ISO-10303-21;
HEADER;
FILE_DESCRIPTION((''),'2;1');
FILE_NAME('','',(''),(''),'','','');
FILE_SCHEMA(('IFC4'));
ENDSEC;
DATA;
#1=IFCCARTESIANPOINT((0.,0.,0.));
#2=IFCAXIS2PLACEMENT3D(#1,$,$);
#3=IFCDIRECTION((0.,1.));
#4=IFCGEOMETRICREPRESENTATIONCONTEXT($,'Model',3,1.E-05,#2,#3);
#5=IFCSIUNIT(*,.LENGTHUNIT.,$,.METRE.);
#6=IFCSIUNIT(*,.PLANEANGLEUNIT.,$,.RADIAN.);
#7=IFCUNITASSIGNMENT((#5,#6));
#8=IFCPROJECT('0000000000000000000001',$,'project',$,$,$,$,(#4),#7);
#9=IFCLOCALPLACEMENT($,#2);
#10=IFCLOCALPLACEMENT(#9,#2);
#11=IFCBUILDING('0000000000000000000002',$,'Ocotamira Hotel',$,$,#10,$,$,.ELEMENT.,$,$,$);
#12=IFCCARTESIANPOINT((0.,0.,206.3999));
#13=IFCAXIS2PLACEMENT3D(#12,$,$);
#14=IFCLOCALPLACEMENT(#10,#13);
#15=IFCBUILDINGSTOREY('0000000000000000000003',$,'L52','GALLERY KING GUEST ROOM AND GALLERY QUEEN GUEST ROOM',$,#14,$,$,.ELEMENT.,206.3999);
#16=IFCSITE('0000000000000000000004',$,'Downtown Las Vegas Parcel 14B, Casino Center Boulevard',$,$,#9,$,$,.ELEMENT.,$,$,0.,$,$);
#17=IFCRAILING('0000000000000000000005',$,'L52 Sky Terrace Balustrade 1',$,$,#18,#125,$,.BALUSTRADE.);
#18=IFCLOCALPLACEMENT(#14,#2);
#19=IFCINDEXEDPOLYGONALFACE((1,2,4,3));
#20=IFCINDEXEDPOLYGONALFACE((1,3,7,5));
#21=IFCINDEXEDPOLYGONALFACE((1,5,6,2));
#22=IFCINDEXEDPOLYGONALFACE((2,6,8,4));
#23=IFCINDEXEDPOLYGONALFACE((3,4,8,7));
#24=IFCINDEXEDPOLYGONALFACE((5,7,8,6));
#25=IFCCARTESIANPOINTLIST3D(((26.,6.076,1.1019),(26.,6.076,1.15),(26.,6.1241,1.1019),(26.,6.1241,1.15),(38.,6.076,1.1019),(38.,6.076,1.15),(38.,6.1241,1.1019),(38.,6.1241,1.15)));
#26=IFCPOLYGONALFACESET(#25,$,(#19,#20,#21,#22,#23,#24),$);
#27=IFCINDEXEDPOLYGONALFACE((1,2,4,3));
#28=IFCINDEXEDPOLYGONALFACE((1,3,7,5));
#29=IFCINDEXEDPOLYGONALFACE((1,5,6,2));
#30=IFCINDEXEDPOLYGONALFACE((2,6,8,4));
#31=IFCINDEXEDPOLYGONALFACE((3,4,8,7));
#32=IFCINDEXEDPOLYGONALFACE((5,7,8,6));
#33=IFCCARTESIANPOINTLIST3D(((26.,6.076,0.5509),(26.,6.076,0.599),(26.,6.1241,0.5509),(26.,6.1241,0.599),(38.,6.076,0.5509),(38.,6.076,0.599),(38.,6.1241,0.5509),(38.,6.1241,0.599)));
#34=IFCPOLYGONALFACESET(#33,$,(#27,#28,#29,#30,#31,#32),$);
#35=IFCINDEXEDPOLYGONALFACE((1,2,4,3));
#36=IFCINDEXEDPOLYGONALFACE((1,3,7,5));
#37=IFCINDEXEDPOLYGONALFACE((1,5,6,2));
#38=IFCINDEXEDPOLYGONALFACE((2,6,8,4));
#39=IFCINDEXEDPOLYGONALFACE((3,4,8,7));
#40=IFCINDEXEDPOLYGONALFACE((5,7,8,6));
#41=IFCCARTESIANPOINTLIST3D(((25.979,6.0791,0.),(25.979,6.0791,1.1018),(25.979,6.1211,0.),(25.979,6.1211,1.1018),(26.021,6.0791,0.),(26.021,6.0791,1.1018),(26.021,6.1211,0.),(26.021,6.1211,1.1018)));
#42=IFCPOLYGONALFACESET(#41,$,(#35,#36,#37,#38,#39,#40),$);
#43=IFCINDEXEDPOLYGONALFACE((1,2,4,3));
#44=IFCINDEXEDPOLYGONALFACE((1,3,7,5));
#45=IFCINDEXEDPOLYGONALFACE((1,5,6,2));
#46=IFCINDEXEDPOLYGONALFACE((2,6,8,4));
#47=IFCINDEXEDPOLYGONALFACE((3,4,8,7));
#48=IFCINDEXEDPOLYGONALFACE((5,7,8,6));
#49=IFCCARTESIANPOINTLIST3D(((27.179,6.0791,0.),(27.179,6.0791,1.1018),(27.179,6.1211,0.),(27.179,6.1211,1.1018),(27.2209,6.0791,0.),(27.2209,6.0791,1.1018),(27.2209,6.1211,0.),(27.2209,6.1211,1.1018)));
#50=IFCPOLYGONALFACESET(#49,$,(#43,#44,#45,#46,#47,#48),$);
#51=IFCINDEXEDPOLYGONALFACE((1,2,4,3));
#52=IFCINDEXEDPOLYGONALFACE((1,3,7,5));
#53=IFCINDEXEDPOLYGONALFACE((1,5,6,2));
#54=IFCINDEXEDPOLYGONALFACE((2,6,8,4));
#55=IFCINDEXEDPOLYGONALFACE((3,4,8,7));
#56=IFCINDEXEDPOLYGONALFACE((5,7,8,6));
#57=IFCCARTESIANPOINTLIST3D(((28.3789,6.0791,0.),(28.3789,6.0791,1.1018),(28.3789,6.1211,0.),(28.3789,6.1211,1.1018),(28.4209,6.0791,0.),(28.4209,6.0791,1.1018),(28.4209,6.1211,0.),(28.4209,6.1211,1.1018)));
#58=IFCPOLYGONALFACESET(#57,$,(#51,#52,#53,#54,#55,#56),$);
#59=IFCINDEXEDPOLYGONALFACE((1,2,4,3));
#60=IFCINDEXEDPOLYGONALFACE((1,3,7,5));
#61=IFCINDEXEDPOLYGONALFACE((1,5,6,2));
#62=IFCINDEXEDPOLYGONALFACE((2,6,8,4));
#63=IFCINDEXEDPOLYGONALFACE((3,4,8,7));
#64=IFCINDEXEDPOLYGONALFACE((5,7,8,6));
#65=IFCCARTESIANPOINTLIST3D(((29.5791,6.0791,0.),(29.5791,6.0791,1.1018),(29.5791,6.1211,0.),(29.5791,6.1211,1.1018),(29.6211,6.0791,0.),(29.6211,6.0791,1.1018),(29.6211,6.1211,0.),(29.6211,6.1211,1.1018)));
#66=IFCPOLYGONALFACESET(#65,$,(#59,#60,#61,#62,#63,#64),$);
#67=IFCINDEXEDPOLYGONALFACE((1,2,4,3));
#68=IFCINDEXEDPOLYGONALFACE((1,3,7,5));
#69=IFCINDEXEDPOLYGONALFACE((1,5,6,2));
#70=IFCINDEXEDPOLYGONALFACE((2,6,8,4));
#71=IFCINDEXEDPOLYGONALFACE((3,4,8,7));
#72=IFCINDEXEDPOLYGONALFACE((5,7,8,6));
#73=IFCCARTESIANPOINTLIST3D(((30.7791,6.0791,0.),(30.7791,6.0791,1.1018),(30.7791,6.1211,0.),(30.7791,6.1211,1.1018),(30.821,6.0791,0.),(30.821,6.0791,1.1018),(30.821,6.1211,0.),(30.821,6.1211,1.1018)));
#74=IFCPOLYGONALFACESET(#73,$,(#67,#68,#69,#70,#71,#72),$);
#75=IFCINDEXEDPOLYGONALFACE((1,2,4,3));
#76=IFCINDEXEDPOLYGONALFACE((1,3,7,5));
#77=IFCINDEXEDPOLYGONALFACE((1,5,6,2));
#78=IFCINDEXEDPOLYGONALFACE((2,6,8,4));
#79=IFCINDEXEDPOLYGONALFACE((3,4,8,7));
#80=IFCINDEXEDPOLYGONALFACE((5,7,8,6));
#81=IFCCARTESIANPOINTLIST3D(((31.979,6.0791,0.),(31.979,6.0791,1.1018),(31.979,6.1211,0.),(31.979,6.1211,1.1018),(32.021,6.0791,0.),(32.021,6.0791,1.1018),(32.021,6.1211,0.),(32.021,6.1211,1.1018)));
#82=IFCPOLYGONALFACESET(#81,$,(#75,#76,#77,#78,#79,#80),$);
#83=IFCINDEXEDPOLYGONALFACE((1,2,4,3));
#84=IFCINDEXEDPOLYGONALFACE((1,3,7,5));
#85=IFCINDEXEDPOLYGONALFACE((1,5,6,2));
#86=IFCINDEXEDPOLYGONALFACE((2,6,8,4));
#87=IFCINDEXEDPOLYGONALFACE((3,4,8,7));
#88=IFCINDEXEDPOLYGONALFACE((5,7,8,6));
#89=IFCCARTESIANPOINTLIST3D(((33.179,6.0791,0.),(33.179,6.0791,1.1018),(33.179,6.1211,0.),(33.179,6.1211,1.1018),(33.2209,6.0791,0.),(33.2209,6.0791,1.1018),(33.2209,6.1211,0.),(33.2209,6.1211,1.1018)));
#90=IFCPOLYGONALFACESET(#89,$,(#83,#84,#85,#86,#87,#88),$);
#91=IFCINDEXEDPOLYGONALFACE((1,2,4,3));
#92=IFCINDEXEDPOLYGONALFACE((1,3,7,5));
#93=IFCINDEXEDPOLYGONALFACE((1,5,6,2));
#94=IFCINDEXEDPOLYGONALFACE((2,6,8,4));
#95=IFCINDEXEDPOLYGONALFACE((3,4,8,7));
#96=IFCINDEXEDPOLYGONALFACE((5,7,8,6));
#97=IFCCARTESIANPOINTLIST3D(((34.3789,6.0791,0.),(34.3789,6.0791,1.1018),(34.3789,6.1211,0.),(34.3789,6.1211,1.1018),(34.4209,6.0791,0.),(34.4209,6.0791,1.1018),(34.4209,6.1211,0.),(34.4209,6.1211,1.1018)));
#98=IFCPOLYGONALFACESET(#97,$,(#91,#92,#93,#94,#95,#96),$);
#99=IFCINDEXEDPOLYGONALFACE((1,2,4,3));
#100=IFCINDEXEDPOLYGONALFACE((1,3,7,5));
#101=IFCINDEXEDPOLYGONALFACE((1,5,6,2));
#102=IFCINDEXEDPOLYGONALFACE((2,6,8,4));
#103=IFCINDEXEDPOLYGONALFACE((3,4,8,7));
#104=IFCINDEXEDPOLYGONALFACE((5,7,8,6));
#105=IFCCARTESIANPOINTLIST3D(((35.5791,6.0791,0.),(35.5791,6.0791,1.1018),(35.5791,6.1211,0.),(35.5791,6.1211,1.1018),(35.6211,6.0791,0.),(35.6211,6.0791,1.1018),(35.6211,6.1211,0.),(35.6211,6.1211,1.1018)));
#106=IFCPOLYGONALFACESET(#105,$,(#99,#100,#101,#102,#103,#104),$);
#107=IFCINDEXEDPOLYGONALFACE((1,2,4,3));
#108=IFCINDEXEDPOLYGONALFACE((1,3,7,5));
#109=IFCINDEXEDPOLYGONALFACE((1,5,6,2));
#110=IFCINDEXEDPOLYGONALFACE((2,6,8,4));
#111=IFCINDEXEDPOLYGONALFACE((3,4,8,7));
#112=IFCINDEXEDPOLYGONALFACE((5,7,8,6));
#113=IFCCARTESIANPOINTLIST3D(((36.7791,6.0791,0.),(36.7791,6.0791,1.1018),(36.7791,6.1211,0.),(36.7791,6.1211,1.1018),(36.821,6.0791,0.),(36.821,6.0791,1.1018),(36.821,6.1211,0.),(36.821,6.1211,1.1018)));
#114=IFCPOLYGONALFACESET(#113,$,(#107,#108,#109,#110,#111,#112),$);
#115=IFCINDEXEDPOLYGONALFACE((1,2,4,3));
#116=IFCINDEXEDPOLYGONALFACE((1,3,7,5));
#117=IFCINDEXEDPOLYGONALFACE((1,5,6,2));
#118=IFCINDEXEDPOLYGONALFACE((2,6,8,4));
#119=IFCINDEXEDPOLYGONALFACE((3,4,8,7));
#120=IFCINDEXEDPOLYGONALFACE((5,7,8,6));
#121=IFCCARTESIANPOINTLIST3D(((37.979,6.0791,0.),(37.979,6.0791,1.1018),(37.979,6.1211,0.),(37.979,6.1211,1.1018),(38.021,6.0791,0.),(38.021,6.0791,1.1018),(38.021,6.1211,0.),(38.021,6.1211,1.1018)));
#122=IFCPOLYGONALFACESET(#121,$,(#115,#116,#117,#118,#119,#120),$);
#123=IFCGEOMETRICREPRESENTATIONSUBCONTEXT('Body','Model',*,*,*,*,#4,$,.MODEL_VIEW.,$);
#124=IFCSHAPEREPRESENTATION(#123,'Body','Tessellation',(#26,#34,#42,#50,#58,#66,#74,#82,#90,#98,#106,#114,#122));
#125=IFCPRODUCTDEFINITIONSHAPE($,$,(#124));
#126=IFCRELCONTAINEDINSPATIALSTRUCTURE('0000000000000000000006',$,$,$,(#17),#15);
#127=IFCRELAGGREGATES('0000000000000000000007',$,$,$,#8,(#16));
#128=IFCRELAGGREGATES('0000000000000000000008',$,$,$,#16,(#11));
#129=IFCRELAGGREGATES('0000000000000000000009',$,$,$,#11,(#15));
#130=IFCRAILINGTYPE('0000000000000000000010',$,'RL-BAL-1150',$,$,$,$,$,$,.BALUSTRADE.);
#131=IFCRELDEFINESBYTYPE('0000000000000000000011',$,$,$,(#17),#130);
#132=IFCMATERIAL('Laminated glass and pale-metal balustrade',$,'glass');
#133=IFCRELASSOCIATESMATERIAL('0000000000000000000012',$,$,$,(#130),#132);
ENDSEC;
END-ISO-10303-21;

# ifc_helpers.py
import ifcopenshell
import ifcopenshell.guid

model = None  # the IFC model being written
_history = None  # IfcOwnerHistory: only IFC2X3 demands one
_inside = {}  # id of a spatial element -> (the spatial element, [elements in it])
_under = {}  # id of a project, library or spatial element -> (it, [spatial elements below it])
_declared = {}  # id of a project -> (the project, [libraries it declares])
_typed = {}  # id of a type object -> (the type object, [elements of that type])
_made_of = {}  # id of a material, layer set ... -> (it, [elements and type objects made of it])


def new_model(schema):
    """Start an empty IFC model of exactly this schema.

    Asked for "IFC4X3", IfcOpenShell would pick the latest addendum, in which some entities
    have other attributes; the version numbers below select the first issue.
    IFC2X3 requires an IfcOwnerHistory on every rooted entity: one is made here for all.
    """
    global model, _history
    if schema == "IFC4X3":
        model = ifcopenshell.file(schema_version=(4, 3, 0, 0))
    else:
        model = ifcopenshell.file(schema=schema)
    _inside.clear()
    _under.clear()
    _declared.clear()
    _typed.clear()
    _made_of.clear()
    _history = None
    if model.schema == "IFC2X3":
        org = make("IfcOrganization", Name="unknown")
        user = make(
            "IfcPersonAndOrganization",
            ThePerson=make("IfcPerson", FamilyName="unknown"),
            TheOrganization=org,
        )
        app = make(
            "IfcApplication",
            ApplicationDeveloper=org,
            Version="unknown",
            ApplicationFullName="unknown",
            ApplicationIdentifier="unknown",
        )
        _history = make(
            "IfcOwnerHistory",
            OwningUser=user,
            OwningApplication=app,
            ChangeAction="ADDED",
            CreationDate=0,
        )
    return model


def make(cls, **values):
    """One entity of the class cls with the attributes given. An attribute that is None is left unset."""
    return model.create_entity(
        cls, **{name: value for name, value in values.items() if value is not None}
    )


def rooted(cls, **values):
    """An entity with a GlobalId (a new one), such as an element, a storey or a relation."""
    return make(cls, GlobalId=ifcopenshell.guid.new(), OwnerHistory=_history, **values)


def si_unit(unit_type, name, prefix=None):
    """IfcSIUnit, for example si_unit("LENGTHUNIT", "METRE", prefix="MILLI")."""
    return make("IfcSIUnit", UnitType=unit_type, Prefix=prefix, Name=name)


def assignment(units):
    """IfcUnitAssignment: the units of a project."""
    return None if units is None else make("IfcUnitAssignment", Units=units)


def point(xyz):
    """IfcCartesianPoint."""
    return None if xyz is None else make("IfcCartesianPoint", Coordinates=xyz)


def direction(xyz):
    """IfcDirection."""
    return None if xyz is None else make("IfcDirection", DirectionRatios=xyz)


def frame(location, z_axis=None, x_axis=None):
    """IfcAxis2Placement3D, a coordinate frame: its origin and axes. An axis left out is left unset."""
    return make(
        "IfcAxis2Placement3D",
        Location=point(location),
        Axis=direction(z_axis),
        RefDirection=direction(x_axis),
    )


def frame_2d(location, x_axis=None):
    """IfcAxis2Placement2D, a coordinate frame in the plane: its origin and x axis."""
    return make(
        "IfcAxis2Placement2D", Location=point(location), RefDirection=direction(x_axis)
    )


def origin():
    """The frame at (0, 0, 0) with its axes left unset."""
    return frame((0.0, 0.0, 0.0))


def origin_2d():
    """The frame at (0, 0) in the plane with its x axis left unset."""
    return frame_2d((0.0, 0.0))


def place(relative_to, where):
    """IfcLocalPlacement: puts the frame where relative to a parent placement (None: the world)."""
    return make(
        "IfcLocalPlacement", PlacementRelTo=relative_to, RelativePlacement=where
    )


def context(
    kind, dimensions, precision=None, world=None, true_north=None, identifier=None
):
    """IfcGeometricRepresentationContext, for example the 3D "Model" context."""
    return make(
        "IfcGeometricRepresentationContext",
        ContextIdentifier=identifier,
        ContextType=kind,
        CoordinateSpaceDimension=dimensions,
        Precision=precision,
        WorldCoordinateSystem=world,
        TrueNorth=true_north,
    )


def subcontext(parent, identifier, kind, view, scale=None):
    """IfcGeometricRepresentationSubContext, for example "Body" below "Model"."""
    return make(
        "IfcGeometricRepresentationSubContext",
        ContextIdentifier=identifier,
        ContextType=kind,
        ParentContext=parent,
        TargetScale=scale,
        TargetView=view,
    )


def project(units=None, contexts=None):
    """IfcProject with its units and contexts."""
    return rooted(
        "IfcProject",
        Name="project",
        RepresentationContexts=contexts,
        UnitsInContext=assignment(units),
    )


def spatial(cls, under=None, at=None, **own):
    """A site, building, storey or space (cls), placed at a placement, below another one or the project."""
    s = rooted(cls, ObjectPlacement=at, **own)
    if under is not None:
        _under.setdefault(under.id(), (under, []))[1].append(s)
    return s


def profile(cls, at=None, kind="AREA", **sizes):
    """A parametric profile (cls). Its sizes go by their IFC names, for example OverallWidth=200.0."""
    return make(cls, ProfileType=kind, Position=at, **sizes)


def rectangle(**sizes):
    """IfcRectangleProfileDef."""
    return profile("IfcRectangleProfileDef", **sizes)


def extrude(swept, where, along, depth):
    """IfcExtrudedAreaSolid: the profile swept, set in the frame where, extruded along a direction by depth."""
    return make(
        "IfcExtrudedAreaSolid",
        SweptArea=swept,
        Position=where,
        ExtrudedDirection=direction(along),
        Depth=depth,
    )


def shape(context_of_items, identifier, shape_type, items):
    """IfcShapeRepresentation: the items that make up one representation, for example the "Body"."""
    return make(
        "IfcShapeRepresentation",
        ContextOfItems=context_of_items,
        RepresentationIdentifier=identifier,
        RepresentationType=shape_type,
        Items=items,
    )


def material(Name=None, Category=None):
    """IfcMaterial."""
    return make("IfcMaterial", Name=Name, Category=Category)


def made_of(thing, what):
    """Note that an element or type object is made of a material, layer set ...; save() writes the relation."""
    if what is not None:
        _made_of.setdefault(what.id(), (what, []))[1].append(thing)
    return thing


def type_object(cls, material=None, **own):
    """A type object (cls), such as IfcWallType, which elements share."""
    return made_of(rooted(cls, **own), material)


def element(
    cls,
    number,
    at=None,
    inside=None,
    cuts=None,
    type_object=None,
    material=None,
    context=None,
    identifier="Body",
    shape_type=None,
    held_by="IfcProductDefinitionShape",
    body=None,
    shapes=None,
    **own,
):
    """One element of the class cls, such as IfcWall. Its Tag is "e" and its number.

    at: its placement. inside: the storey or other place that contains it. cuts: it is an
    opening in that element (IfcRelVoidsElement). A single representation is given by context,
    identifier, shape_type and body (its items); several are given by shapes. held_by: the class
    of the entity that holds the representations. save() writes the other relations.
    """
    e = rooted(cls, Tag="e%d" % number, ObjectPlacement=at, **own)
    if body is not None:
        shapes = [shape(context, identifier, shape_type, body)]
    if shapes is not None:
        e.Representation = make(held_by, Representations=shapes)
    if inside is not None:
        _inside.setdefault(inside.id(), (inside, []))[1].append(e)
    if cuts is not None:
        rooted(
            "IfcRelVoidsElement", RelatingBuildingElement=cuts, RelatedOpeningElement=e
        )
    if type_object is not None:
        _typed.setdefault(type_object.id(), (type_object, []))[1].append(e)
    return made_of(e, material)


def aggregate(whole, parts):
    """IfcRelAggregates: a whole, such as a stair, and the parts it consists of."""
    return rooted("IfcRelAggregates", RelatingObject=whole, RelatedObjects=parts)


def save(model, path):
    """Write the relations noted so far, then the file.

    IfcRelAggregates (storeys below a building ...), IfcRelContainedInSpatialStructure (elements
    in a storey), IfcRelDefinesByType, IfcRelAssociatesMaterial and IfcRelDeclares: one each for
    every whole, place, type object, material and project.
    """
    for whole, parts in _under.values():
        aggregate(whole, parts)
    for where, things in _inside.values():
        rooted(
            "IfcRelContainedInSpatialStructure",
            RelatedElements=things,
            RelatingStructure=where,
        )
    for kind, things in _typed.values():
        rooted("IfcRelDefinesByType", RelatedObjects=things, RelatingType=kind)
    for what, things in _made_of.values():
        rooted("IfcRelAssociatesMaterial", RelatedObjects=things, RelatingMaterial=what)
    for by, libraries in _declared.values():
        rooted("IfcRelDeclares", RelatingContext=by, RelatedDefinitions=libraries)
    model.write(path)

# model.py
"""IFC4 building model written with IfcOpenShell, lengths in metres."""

from ifc_helpers import new_model, si_unit, direction, frame, origin, origin_2d, place, context, subcontext, project, spatial, rectangle, extrude, material, type_object, element, save


model = new_model("IFC4")

# Units and contexts
model_context = context("Model", 3, precision=1e-05, world=origin(), true_north=direction((0.0, 1.0)))
body_context = subcontext(model_context, "Body", "Model", "MODEL_VIEW")
ifc_project = project(units=[si_unit("LENGTHUNIT", "METRE"), si_unit("PLANEANGLEUNIT", "RADIAN")], contexts=[model_context])

# Site, building, storey
site_placement = place(None, origin())
site = spatial("IfcSite", under=ifc_project, at=site_placement, Name="Downtown Las Vegas Parcel 14B, Casino Center Boulevard", CompositionType="ELEMENT", RefElevation=0.0)
building_placement = place(site_placement, origin())
building = spatial("IfcBuilding", under=site, at=building_placement, Name="Ocotamira Hotel", CompositionType="ELEMENT")
storey_placement = place(building_placement, frame((0.0, 0.0, 206.3999)))
storey = spatial("IfcBuildingStorey", under=building, at=storey_placement, Name="L52", Description="GALLERY KING GUEST ROOM AND GALLERY QUEEN GUEST ROOM", CompositionType="ELEMENT", Elevation=206.3999)

# Railing
ifc_material_1 = material(Name="Laminated glass and pale-metal balustrade", Category="glass")
railing_type = type_object("IfcRailingType", Name="RL-BAL-1150", PredefinedType="BALUSTRADE", material=ifc_material_1)
railing_placement = place(storey_placement, frame((26.0, 6.1001, 0.0)))
element("IfcRailing", 1, at=railing_placement, inside=storey, type_object=railing_type, Name="L52 Sky Terrace Balustrade 1", PredefinedType="BALUSTRADE", context=body_context, shape_type="SweptSolid", body=[
    extrude(rectangle(XDim=0.0481, YDim=0.0481, at=origin_2d()), frame((0.0, 0.0, 1.126), z_axis=(1.0, 0.0, 0.0), x_axis=(0.0, 1.0, 0.0)), (0.0, 0.0, 1.0), 12.0),
    extrude(rectangle(XDim=0.0481, YDim=0.0481, at=origin_2d()), frame((0.0, 0.0, 0.575), z_axis=(1.0, 0.0, 0.0), x_axis=(0.0, 1.0, 0.0)), (0.0, 0.0, 1.0), 12.0),
    extrude(rectangle(XDim=0.042, YDim=0.042, at=origin_2d()), origin(), (0.0, 0.0, 1.0), 1.1018),
    extrude(rectangle(XDim=0.042, YDim=0.042, at=origin_2d()), frame((1.2, 0.0, 0.0)), (0.0, 0.0, 1.0), 1.1018),
    extrude(rectangle(XDim=0.042, YDim=0.042, at=origin_2d()), frame((2.3999, 0.0, 0.0)), (0.0, 0.0, 1.0), 1.1018),
    extrude(rectangle(XDim=0.042, YDim=0.042, at=origin_2d()), frame((3.6001, 0.0, 0.0)), (0.0, 0.0, 1.0), 1.1018),
    extrude(rectangle(XDim=0.042, YDim=0.042, at=origin_2d()), frame((4.8, 0.0, 0.0)), (0.0, 0.0, 1.0), 1.1018),
    extrude(rectangle(XDim=0.042, YDim=0.042, at=origin_2d()), frame((6.0, 0.0, 0.0)), (0.0, 0.0, 1.0), 1.1018),
    extrude(rectangle(XDim=0.042, YDim=0.042, at=origin_2d()), frame((7.2, 0.0, 0.0)), (0.0, 0.0, 1.0), 1.1018),
    extrude(rectangle(XDim=0.042, YDim=0.042, at=origin_2d()), frame((8.3999, 0.0, 0.0)), (0.0, 0.0, 1.0), 1.1018),
    extrude(rectangle(XDim=0.042, YDim=0.042, at=origin_2d()), frame((9.6001, 0.0, 0.0)), (0.0, 0.0, 1.0), 1.1018),
    extrude(rectangle(XDim=0.042, YDim=0.042, at=origin_2d()), frame((10.8, 0.0, 0.0)), (0.0, 0.0, 1.0), 1.1018),
    extrude(rectangle(XDim=0.042, YDim=0.042, at=origin_2d()), frame((12.0, 0.0, 0.0)), (0.0, 0.0, 1.0), 1.1018),
])

save(model, "model.ifc")
